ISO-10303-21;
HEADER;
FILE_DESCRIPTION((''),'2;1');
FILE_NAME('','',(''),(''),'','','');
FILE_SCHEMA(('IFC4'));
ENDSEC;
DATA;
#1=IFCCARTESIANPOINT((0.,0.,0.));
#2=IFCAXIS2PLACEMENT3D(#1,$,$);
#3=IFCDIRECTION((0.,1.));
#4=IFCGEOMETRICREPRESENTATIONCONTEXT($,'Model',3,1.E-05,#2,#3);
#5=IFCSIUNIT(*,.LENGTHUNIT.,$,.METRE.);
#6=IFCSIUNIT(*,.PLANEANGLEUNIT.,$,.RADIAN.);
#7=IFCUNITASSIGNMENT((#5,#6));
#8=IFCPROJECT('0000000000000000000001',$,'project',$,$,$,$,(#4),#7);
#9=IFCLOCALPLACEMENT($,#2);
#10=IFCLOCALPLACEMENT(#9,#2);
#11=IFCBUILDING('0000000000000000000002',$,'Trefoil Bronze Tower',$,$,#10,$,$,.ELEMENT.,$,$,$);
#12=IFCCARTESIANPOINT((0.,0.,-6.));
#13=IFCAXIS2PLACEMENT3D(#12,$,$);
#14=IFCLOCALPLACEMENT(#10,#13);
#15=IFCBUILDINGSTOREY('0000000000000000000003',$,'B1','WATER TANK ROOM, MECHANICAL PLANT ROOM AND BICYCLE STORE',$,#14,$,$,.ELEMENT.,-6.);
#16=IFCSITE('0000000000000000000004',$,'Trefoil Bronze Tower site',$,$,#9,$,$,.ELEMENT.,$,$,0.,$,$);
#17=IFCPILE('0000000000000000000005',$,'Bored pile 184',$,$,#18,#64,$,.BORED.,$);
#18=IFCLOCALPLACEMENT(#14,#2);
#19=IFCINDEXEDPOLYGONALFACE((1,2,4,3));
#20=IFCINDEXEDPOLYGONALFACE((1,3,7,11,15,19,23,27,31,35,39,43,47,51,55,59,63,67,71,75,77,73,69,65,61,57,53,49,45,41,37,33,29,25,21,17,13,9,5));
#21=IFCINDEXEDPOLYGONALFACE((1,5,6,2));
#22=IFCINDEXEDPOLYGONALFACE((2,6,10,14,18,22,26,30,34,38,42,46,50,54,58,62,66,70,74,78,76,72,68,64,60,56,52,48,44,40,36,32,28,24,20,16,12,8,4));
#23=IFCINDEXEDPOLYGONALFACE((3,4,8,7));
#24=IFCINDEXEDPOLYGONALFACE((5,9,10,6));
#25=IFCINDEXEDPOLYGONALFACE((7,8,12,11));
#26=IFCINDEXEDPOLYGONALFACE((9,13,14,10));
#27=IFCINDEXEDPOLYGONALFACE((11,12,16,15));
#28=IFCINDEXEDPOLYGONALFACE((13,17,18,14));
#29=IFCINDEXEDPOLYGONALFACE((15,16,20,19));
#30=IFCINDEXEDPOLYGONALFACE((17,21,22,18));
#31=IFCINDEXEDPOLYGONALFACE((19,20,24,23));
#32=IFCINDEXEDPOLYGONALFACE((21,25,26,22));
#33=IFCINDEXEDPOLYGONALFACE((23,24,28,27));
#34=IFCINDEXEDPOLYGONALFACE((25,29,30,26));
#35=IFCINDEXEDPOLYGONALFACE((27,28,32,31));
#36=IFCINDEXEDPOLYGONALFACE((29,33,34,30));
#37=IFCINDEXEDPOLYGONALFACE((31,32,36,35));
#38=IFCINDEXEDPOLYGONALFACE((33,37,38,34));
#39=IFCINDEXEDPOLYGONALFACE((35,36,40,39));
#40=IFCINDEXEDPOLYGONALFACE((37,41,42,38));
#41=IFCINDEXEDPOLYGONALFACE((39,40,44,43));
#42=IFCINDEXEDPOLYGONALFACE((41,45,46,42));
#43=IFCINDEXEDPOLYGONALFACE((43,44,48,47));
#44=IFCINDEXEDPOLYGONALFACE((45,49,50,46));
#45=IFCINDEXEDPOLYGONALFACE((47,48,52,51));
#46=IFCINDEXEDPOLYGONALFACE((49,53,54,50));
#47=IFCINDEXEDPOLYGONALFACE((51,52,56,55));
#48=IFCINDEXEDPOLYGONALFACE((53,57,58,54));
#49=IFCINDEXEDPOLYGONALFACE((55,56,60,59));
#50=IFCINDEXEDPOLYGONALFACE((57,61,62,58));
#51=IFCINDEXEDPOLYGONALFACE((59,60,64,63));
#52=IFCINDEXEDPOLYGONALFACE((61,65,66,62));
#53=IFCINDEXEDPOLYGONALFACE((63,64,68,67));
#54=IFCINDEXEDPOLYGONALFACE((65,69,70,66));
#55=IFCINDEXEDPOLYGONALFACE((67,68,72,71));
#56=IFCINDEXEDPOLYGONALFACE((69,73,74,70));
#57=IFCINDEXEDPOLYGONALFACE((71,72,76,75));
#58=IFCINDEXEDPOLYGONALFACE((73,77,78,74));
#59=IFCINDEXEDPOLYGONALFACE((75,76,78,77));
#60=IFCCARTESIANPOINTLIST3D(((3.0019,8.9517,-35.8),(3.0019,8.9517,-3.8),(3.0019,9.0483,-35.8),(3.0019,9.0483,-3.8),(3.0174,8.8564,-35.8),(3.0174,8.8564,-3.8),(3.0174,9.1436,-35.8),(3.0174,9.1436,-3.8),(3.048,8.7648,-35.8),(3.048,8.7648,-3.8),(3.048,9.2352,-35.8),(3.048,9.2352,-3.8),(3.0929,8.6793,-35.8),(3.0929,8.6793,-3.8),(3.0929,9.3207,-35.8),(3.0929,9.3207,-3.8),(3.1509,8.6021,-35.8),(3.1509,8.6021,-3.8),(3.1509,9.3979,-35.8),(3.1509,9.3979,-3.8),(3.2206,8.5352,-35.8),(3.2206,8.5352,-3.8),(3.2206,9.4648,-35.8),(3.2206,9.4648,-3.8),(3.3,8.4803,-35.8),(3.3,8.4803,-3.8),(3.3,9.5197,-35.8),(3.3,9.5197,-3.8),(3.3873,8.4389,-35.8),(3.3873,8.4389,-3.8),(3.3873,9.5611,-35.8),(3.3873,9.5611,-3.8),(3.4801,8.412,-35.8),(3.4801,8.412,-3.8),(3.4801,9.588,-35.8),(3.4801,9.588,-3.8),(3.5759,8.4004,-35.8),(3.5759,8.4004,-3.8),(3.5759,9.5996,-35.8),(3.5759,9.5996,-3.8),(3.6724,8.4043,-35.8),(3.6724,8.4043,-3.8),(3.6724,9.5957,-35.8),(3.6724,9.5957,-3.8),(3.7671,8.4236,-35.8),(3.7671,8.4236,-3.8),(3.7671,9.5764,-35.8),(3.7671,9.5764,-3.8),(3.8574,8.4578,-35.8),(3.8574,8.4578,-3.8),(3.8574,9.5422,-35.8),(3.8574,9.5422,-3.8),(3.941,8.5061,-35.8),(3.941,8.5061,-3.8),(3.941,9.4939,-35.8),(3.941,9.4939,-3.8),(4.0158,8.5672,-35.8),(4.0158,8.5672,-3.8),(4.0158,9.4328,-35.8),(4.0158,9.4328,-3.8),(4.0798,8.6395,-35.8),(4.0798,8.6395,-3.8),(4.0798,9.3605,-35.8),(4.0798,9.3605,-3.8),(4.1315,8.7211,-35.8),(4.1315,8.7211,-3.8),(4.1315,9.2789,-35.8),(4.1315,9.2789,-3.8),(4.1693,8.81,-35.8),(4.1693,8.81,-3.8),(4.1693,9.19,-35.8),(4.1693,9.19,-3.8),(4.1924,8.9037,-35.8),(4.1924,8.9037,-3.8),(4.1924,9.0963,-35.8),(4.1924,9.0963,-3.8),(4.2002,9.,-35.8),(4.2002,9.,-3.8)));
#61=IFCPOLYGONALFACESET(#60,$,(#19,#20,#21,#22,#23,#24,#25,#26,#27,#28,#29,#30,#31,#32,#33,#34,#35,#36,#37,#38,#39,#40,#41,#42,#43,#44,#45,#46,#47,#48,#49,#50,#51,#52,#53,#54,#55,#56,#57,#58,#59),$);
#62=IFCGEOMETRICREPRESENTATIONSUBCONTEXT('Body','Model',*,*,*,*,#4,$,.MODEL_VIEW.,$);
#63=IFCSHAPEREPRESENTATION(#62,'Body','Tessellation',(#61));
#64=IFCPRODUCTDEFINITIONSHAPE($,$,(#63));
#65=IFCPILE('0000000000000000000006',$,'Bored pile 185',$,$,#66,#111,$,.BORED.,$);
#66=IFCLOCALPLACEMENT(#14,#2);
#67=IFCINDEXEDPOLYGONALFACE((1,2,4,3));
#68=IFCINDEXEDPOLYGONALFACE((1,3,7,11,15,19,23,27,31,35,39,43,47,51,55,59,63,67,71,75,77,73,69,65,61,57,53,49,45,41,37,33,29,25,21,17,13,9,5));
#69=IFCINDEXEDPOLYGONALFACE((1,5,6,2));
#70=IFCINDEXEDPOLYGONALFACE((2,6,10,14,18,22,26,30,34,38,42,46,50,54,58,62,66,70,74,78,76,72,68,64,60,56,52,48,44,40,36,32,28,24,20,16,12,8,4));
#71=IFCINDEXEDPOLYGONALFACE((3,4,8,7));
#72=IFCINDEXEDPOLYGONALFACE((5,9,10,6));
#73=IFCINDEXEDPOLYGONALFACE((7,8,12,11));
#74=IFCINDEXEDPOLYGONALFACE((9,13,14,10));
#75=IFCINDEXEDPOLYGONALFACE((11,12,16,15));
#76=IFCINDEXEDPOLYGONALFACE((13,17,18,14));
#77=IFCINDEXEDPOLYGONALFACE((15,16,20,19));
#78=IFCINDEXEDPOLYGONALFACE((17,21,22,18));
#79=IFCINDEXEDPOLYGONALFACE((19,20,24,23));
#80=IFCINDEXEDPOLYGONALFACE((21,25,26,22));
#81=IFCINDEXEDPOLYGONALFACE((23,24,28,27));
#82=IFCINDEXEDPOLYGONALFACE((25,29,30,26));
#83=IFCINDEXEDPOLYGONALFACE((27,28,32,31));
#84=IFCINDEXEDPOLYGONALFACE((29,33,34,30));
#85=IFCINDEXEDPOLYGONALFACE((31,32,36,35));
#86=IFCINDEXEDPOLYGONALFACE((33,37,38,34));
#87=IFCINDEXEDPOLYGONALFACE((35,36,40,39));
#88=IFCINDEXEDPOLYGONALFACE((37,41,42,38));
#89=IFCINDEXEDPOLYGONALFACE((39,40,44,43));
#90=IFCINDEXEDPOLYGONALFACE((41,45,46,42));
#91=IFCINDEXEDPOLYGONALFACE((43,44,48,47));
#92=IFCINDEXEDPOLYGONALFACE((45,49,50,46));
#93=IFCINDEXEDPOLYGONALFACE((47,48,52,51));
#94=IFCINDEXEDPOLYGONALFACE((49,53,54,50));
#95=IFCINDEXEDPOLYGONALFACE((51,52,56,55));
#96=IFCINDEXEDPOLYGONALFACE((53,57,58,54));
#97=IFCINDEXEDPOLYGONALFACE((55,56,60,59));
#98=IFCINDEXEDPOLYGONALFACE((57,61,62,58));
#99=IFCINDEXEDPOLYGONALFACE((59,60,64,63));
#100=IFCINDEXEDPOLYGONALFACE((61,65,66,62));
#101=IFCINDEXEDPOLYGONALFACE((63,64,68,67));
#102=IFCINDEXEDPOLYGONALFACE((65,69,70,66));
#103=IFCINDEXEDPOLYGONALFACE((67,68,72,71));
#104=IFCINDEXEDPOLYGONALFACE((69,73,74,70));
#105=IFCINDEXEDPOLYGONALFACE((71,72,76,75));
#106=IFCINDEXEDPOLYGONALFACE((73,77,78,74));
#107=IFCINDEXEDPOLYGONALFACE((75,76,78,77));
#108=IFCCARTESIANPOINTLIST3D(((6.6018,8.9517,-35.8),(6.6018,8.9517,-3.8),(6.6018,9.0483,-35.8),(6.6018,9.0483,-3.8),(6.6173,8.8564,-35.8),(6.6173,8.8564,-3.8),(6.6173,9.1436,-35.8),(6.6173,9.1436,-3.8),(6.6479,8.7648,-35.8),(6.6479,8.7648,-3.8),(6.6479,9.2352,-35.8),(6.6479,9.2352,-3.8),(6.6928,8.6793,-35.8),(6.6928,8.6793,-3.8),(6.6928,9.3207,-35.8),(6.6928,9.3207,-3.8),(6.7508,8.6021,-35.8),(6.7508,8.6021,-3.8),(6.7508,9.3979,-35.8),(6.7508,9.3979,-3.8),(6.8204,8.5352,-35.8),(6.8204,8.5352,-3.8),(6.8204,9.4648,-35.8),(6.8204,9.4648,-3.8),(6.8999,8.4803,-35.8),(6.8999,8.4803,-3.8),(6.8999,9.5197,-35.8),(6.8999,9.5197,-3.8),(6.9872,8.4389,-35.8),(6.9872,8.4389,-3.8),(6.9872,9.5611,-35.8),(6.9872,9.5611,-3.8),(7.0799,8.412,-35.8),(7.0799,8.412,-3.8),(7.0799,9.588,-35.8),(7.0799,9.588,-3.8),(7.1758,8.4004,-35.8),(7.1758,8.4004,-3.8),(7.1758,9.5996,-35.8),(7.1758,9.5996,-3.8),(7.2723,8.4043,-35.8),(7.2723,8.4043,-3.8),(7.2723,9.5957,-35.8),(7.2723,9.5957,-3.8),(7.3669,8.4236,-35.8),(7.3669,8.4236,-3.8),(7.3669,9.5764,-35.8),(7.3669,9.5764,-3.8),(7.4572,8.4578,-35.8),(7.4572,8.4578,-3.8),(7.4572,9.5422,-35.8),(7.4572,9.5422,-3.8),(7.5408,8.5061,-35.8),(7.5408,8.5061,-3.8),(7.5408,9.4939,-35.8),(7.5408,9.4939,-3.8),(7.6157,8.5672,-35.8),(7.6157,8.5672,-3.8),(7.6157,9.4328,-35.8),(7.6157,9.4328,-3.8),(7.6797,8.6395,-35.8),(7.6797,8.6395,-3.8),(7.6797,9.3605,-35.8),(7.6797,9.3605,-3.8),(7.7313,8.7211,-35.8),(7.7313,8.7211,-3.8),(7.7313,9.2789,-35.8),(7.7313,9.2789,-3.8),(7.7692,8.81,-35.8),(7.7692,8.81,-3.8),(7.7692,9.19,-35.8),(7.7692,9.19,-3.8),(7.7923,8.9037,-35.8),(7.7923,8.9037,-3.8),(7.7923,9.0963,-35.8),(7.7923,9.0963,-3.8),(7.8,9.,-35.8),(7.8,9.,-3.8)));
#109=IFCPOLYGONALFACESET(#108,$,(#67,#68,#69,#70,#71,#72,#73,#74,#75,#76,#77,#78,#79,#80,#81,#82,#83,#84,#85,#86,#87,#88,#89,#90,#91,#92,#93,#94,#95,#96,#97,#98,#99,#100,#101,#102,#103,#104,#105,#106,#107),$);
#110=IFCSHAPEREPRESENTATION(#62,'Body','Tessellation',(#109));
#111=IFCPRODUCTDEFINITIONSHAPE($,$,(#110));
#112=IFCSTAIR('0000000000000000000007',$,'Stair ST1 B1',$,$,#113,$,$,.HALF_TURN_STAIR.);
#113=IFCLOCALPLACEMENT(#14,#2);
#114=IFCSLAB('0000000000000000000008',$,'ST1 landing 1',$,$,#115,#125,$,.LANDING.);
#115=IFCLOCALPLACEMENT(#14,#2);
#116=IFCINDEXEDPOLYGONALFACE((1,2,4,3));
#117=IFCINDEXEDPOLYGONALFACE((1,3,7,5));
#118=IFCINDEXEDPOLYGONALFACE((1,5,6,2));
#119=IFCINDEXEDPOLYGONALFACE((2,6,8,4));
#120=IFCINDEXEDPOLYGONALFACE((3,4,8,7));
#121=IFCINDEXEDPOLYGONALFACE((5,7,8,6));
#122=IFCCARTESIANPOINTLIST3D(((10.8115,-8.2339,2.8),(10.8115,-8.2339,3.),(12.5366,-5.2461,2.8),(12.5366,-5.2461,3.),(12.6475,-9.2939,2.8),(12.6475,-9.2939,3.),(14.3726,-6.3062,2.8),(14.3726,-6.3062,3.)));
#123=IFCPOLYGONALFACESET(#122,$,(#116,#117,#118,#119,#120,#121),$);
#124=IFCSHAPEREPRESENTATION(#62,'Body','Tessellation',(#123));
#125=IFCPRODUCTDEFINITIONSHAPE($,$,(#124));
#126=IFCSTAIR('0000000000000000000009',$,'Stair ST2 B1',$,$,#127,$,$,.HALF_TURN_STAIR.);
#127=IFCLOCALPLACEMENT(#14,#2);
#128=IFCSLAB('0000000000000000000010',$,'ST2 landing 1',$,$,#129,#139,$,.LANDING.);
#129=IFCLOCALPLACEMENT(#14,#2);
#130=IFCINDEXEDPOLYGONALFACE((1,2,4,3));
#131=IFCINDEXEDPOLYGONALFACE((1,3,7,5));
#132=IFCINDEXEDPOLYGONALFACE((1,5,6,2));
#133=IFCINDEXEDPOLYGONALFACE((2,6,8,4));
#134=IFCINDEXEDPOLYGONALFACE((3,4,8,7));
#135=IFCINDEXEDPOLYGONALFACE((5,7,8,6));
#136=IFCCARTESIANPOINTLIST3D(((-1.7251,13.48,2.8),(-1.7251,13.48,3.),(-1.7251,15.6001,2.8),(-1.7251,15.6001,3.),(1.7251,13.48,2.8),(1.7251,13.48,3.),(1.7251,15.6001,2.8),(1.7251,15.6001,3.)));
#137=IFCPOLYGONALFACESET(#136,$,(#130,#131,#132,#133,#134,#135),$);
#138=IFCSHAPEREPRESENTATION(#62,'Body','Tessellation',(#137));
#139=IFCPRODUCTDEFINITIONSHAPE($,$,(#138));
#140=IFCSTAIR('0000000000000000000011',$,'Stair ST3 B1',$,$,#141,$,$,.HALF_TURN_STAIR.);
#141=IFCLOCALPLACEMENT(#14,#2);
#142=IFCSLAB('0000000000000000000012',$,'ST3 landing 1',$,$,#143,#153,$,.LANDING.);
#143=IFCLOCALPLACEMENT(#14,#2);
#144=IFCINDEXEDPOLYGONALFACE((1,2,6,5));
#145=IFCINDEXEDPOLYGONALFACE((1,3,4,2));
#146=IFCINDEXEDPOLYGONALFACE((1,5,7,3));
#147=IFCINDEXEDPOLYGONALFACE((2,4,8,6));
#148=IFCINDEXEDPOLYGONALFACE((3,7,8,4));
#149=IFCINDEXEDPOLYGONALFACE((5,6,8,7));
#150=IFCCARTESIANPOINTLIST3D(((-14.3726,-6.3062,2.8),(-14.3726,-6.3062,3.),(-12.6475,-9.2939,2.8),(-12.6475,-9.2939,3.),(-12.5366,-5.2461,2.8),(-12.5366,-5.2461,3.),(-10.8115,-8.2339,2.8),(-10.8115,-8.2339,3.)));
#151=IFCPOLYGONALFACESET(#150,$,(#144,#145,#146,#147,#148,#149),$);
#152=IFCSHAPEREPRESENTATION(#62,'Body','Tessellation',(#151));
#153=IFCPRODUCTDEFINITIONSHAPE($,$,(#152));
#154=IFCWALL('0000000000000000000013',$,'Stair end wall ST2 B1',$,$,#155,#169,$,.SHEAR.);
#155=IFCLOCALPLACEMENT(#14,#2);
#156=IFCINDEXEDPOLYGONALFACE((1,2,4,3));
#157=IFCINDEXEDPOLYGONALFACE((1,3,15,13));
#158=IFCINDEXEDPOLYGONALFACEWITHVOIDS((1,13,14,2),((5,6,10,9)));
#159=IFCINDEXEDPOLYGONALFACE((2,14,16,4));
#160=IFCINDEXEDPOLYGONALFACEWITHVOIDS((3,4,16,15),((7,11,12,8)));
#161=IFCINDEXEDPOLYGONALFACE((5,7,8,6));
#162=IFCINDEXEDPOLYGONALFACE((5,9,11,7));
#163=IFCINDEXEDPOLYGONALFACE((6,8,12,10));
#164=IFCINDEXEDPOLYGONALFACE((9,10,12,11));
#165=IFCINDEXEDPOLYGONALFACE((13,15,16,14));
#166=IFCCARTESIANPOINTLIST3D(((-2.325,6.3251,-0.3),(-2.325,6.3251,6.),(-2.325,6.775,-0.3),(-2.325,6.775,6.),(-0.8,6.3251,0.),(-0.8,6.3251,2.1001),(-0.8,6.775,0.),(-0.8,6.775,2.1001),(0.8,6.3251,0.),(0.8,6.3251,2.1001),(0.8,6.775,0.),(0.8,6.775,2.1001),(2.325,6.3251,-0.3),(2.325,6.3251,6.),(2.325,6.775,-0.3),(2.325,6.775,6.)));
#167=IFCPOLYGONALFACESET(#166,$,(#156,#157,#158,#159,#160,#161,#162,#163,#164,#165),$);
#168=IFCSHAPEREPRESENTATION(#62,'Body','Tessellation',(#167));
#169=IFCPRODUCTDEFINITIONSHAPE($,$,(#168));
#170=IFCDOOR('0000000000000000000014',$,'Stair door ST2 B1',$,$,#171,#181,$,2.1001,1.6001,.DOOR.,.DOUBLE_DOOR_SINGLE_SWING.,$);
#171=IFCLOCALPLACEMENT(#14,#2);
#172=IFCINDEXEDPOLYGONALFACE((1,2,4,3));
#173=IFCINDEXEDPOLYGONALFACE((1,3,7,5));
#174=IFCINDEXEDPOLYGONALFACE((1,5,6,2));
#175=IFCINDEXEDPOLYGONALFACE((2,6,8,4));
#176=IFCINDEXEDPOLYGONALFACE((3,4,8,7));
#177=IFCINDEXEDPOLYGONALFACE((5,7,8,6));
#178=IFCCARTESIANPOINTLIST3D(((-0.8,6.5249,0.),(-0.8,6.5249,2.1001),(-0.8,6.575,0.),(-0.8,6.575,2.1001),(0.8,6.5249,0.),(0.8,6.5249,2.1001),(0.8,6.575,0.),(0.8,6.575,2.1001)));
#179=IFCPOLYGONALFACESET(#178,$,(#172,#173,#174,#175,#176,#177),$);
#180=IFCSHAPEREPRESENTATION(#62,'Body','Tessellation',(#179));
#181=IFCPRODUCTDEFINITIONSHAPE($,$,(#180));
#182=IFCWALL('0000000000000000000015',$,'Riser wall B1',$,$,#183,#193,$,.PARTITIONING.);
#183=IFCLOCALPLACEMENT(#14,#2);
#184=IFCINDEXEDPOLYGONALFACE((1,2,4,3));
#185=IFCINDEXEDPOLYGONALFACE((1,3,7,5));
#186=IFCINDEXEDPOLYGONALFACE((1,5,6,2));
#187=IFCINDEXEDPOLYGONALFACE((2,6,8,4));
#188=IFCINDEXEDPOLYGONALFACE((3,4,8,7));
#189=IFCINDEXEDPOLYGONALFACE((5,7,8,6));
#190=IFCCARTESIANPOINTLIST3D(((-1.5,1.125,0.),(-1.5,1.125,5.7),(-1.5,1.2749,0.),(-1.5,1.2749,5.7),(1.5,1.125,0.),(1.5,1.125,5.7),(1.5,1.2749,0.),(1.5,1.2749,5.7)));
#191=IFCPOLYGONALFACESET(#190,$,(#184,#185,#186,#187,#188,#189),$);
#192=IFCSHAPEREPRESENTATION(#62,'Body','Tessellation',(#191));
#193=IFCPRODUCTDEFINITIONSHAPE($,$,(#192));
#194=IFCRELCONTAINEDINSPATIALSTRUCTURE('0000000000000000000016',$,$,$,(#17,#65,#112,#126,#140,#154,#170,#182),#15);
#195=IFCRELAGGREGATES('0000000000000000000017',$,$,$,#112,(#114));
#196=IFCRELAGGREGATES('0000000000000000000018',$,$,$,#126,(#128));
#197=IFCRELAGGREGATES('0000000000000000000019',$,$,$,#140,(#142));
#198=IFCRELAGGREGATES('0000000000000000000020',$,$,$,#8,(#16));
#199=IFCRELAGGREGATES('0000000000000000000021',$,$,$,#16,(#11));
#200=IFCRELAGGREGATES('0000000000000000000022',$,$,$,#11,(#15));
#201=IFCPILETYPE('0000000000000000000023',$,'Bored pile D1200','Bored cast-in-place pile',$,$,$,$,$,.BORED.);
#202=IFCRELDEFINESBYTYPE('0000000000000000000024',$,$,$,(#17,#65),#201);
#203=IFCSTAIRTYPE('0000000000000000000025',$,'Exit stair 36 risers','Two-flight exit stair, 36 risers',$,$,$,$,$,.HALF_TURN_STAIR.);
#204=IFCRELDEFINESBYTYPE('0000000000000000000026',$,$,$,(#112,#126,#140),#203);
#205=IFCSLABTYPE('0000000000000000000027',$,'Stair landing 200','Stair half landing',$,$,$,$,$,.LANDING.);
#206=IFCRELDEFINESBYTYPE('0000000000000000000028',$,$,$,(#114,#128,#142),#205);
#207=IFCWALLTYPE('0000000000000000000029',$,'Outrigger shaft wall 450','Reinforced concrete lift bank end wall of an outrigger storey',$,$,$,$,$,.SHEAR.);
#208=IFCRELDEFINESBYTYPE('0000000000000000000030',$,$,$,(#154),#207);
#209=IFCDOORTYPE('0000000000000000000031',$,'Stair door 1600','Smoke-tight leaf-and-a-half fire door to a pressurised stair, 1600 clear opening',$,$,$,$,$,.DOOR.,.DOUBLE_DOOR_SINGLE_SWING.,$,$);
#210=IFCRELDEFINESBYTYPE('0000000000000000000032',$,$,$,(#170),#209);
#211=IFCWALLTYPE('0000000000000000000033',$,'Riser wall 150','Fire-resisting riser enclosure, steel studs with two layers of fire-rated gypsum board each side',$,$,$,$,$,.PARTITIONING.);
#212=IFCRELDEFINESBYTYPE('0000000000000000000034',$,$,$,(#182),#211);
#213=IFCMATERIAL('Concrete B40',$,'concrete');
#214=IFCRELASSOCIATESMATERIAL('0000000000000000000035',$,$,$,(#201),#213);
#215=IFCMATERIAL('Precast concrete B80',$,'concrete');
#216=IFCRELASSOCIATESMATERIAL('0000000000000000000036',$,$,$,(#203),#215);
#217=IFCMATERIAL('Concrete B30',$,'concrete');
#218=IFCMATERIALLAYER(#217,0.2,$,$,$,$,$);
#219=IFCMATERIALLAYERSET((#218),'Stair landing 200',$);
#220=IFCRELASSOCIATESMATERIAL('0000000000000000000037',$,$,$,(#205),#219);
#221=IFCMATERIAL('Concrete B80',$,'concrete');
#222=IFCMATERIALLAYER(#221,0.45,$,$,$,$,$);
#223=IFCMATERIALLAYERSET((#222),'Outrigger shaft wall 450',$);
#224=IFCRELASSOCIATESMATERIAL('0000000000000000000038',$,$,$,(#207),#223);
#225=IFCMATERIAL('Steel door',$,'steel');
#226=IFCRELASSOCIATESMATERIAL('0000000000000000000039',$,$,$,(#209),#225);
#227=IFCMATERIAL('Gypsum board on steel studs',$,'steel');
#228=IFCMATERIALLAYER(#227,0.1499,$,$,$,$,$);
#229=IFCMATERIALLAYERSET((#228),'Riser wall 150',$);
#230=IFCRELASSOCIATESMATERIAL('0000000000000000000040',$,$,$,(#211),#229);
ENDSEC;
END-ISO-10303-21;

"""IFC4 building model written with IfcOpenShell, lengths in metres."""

from ifc_helpers import new_model, si_unit, direction, frame, frame_2d, origin, origin_2d, place, context, subcontext, project, spatial, polyline, rectangle, circle, outline, extrude, material, layer, layer_set, type_object, element, fill, aggregate, save


model = new_model("IFC4")

# Units and contexts
model_context = context("Model", 3, precision=1e-05, world=origin(), true_north=direction((0.0, 1.0)))
body_context = subcontext(model_context, "Body", "Model", "MODEL_VIEW")
ifc_project = project(units=[si_unit("LENGTHUNIT", "METRE"), si_unit("PLANEANGLEUNIT", "RADIAN")], contexts=[model_context])

# Site, building, storey
site_placement = place(None, origin())
site = spatial("IfcSite", under=ifc_project, at=site_placement, Name="Trefoil Bronze Tower site", CompositionType="ELEMENT", RefElevation=0.0)
building_placement = place(site_placement, origin())
building = spatial("IfcBuilding", under=site, at=building_placement, Name="Trefoil Bronze Tower", CompositionType="ELEMENT")
storey_placement = place(building_placement, frame((0.0, 0.0, -6.0)))
storey = spatial("IfcBuildingStorey", under=building, at=storey_placement, Name="B1", Description="WATER TANK ROOM, MECHANICAL PLANT ROOM AND BICYCLE STORE", CompositionType="ELEMENT", Elevation=-6.0)

# Piles
ifc_material_1 = material(Name="Concrete B40", Category="concrete")
pile_type = type_object("IfcPileType", Name="Bored pile D1200", Description="Bored cast-in-place pile", PredefinedType="BORED", material=ifc_material_1)
for number, where, z_axis, x_axis, name in (
    (1, (3.6001, 9.0, -3.8), (0.0, 0.0, -1.0), (1.0, 0.0, 0.0), "Bored pile 184"),
    (2, (7.2, 9.0, -3.8), (0.0, 0.0, -1.0), (1.0, 0.0, 0.0), "Bored pile 185"),
):
    element("IfcPile", number, at=place(storey_placement, frame(where, z_axis=z_axis, x_axis=x_axis)), inside=storey, type_object=pile_type, Name=name, PredefinedType="BORED", context=body_context, shape_type="SweptSolid", body=[
        extrude(circle(Radius=0.6001, at=origin_2d()), origin(), (0.0, 0.0, 1.0), 32.0),
    ])

# Stairs, slabs
ifc_material_2 = material(Name="Precast concrete B80", Category="concrete")
stair_type = type_object("IfcStairType", Name="Exit stair 36 risers", Description="Two-flight exit stair, 36 risers", PredefinedType="HALF_TURN_STAIR", material=ifc_material_2)
stair_1_placement = place(storey_placement, origin())
stair_1 = element("IfcStair", 3, at=stair_1_placement, inside=storey, type_object=stair_type, Name="Stair ST1 B1", PredefinedType="HALF_TURN_STAIR")
ifc_material_3 = material(Name="Concrete B30", Category="concrete")
ifc_layer_1 = layer(ifc_material_3, 0.2)
ifc_layer_set_1 = layer_set([ifc_layer_1], Name="Stair landing 200")
slab_type = type_object("IfcSlabType", Name="Stair landing 200", Description="Stair half landing", PredefinedType="LANDING", material=ifc_layer_set_1)
slab_1_placement = place(storey_placement, frame((0.0, 0.0, 2.8)))
slab_1 = element("IfcSlab", 4, at=slab_1_placement, type_object=slab_type, Name="ST1 landing 1", PredefinedType="LANDING", context=body_context, shape_type="SweptSolid", body=[
    extrude(outline(polyline([(10.8115, -8.2339), (12.6475, -9.2939), (14.3726, -6.3062), (12.5366, -5.2461), (10.8115, -8.2339)])), origin(), (0.0, 0.0, 1.0), 0.2),
])
aggregate(stair_1, [slab_1])
stair_2_placement = place(storey_placement, origin())
stair_2 = element("IfcStair", 5, at=stair_2_placement, inside=storey, type_object=stair_type, Name="Stair ST2 B1", PredefinedType="HALF_TURN_STAIR")
slab_2_placement = place(storey_placement, frame((0.0, 0.0, 2.8)))
slab_2 = element("IfcSlab", 6, at=slab_2_placement, type_object=slab_type, Name="ST2 landing 1", PredefinedType="LANDING", context=body_context, shape_type="SweptSolid", body=[
    extrude(outline(polyline([(1.7251, 13.48), (1.7251, 15.6001), (-1.7251, 15.6001), (-1.7251, 13.48), (1.7251, 13.48)])), origin(), (0.0, 0.0, 1.0), 0.2),
])
aggregate(stair_2, [slab_2])
stair_3_placement = place(storey_placement, origin())
stair_3 = element("IfcStair", 7, at=stair_3_placement, inside=storey, type_object=stair_type, Name="Stair ST3 B1", PredefinedType="HALF_TURN_STAIR")
slab_3_placement = place(storey_placement, frame((0.0, 0.0, 2.8)))
slab_3 = element("IfcSlab", 8, at=slab_3_placement, type_object=slab_type, Name="ST3 landing 1", PredefinedType="LANDING", context=body_context, shape_type="SweptSolid", body=[
    extrude(outline(polyline([(-12.5366, -5.2461), (-14.3726, -6.3062), (-12.6475, -9.2939), (-10.8115, -8.2339), (-12.5366, -5.2461)])), origin(), (0.0, 0.0, 1.0), 0.2),
])
aggregate(stair_3, [slab_3])

# Wall, opening, door
ifc_material_4 = material(Name="Concrete B80", Category="concrete")
ifc_layer_2 = layer(ifc_material_4, 0.45)
ifc_layer_set_2 = layer_set([ifc_layer_2], Name="Outrigger shaft wall 450")
wall_type_1 = type_object("IfcWallType", Name="Outrigger shaft wall 450", Description="Reinforced concrete lift bank end wall of an outrigger storey", PredefinedType="SHEAR", material=ifc_layer_set_2)
wall_1_placement = place(storey_placement, frame((2.325, 6.55, -0.3), z_axis=(0.0, 0.0, 1.0), x_axis=(-1.0, 0.0, 0.0)))
wall_1 = element("IfcWall", 9, at=wall_1_placement, inside=storey, type_object=wall_type_1, Name="Stair end wall ST2 B1", PredefinedType="SHEAR", context=body_context, shape_type="SweptSolid", body=[
    extrude(rectangle(XDim=4.6499, YDim=0.45, at=frame_2d((2.325, 0.0))), origin(), (0.0, 0.0, 1.0), 6.3),
])
opening_placement = place(wall_1_placement, frame((1.5249, 0.0, 0.3)))
opening = element("IfcOpeningElement", 10, at=opening_placement, cuts=wall_1, PredefinedType="OPENING", context=body_context, shape_type="SweptSolid", body=[
    extrude(rectangle(XDim=1.6001, YDim=2.1001, at=frame_2d((0.8, 1.05))), frame((0.0, 0.2349, 0.0), z_axis=(0.0, -1.0, 0.0), x_axis=(1.0, 0.0, 0.0)), (0.0, 0.0, 1.0), 0.47),
])
ifc_material_5 = material(Name="Steel door", Category="steel")
door_type = type_object("IfcDoorType", Name="Stair door 1600", Description="Smoke-tight leaf-and-a-half fire door to a pressurised stair, 1600 clear opening", OperationType="DOUBLE_DOOR_SINGLE_SWING", PredefinedType="DOOR", material=ifc_material_5)
door_placement = place(opening_placement, frame((1.6001, 0.0, 0.0), z_axis=(0.0, 0.0, 1.0), x_axis=(-1.0, 0.0, 0.0)))
door = element("IfcDoor", 11, at=door_placement, inside=storey, type_object=door_type, Name="Stair door ST2 B1", OperationType="DOUBLE_DOOR_SINGLE_SWING", OverallHeight=2.1001, OverallWidth=1.6001, PredefinedType="DOOR", context=body_context, shape_type="SweptSolid", body=[
    extrude(rectangle(XDim=1.6001, YDim=2.1001, at=frame_2d((0.8, 1.05))), frame((0.0, 0.0249, 0.0), z_axis=(0.0, -1.0, 0.0), x_axis=(1.0, 0.0, 0.0)), (0.0, 0.0, 1.0), 0.05),
])
fill(opening, door)

# Wall
ifc_material_6 = material(Name="Gypsum board on steel studs", Category="steel")
ifc_layer_3 = layer(ifc_material_6, 0.1499)
ifc_layer_set_3 = layer_set([ifc_layer_3], Name="Riser wall 150")
wall_type_2 = type_object("IfcWallType", Name="Riser wall 150", Description="Fire-resisting riser enclosure, steel studs with two layers of fire-rated gypsum board each side", PredefinedType="PARTITIONING", material=ifc_layer_set_3)
wall_2_placement = place(storey_placement, frame((1.5, 1.2, 0.0), z_axis=(0.0, 0.0, 1.0), x_axis=(-1.0, 0.0, 0.0)))
element("IfcWall", 12, at=wall_2_placement, inside=storey, type_object=wall_type_2, Name="Riser wall B1", PredefinedType="PARTITIONING", context=body_context, shape_type="SweptSolid", body=[
    extrude(rectangle(XDim=3.0, YDim=0.1499, at=frame_2d((1.5, 0.0))), origin(), (0.0, 0.0, 1.0), 5.7),
])

save(model, "model.ifc")
